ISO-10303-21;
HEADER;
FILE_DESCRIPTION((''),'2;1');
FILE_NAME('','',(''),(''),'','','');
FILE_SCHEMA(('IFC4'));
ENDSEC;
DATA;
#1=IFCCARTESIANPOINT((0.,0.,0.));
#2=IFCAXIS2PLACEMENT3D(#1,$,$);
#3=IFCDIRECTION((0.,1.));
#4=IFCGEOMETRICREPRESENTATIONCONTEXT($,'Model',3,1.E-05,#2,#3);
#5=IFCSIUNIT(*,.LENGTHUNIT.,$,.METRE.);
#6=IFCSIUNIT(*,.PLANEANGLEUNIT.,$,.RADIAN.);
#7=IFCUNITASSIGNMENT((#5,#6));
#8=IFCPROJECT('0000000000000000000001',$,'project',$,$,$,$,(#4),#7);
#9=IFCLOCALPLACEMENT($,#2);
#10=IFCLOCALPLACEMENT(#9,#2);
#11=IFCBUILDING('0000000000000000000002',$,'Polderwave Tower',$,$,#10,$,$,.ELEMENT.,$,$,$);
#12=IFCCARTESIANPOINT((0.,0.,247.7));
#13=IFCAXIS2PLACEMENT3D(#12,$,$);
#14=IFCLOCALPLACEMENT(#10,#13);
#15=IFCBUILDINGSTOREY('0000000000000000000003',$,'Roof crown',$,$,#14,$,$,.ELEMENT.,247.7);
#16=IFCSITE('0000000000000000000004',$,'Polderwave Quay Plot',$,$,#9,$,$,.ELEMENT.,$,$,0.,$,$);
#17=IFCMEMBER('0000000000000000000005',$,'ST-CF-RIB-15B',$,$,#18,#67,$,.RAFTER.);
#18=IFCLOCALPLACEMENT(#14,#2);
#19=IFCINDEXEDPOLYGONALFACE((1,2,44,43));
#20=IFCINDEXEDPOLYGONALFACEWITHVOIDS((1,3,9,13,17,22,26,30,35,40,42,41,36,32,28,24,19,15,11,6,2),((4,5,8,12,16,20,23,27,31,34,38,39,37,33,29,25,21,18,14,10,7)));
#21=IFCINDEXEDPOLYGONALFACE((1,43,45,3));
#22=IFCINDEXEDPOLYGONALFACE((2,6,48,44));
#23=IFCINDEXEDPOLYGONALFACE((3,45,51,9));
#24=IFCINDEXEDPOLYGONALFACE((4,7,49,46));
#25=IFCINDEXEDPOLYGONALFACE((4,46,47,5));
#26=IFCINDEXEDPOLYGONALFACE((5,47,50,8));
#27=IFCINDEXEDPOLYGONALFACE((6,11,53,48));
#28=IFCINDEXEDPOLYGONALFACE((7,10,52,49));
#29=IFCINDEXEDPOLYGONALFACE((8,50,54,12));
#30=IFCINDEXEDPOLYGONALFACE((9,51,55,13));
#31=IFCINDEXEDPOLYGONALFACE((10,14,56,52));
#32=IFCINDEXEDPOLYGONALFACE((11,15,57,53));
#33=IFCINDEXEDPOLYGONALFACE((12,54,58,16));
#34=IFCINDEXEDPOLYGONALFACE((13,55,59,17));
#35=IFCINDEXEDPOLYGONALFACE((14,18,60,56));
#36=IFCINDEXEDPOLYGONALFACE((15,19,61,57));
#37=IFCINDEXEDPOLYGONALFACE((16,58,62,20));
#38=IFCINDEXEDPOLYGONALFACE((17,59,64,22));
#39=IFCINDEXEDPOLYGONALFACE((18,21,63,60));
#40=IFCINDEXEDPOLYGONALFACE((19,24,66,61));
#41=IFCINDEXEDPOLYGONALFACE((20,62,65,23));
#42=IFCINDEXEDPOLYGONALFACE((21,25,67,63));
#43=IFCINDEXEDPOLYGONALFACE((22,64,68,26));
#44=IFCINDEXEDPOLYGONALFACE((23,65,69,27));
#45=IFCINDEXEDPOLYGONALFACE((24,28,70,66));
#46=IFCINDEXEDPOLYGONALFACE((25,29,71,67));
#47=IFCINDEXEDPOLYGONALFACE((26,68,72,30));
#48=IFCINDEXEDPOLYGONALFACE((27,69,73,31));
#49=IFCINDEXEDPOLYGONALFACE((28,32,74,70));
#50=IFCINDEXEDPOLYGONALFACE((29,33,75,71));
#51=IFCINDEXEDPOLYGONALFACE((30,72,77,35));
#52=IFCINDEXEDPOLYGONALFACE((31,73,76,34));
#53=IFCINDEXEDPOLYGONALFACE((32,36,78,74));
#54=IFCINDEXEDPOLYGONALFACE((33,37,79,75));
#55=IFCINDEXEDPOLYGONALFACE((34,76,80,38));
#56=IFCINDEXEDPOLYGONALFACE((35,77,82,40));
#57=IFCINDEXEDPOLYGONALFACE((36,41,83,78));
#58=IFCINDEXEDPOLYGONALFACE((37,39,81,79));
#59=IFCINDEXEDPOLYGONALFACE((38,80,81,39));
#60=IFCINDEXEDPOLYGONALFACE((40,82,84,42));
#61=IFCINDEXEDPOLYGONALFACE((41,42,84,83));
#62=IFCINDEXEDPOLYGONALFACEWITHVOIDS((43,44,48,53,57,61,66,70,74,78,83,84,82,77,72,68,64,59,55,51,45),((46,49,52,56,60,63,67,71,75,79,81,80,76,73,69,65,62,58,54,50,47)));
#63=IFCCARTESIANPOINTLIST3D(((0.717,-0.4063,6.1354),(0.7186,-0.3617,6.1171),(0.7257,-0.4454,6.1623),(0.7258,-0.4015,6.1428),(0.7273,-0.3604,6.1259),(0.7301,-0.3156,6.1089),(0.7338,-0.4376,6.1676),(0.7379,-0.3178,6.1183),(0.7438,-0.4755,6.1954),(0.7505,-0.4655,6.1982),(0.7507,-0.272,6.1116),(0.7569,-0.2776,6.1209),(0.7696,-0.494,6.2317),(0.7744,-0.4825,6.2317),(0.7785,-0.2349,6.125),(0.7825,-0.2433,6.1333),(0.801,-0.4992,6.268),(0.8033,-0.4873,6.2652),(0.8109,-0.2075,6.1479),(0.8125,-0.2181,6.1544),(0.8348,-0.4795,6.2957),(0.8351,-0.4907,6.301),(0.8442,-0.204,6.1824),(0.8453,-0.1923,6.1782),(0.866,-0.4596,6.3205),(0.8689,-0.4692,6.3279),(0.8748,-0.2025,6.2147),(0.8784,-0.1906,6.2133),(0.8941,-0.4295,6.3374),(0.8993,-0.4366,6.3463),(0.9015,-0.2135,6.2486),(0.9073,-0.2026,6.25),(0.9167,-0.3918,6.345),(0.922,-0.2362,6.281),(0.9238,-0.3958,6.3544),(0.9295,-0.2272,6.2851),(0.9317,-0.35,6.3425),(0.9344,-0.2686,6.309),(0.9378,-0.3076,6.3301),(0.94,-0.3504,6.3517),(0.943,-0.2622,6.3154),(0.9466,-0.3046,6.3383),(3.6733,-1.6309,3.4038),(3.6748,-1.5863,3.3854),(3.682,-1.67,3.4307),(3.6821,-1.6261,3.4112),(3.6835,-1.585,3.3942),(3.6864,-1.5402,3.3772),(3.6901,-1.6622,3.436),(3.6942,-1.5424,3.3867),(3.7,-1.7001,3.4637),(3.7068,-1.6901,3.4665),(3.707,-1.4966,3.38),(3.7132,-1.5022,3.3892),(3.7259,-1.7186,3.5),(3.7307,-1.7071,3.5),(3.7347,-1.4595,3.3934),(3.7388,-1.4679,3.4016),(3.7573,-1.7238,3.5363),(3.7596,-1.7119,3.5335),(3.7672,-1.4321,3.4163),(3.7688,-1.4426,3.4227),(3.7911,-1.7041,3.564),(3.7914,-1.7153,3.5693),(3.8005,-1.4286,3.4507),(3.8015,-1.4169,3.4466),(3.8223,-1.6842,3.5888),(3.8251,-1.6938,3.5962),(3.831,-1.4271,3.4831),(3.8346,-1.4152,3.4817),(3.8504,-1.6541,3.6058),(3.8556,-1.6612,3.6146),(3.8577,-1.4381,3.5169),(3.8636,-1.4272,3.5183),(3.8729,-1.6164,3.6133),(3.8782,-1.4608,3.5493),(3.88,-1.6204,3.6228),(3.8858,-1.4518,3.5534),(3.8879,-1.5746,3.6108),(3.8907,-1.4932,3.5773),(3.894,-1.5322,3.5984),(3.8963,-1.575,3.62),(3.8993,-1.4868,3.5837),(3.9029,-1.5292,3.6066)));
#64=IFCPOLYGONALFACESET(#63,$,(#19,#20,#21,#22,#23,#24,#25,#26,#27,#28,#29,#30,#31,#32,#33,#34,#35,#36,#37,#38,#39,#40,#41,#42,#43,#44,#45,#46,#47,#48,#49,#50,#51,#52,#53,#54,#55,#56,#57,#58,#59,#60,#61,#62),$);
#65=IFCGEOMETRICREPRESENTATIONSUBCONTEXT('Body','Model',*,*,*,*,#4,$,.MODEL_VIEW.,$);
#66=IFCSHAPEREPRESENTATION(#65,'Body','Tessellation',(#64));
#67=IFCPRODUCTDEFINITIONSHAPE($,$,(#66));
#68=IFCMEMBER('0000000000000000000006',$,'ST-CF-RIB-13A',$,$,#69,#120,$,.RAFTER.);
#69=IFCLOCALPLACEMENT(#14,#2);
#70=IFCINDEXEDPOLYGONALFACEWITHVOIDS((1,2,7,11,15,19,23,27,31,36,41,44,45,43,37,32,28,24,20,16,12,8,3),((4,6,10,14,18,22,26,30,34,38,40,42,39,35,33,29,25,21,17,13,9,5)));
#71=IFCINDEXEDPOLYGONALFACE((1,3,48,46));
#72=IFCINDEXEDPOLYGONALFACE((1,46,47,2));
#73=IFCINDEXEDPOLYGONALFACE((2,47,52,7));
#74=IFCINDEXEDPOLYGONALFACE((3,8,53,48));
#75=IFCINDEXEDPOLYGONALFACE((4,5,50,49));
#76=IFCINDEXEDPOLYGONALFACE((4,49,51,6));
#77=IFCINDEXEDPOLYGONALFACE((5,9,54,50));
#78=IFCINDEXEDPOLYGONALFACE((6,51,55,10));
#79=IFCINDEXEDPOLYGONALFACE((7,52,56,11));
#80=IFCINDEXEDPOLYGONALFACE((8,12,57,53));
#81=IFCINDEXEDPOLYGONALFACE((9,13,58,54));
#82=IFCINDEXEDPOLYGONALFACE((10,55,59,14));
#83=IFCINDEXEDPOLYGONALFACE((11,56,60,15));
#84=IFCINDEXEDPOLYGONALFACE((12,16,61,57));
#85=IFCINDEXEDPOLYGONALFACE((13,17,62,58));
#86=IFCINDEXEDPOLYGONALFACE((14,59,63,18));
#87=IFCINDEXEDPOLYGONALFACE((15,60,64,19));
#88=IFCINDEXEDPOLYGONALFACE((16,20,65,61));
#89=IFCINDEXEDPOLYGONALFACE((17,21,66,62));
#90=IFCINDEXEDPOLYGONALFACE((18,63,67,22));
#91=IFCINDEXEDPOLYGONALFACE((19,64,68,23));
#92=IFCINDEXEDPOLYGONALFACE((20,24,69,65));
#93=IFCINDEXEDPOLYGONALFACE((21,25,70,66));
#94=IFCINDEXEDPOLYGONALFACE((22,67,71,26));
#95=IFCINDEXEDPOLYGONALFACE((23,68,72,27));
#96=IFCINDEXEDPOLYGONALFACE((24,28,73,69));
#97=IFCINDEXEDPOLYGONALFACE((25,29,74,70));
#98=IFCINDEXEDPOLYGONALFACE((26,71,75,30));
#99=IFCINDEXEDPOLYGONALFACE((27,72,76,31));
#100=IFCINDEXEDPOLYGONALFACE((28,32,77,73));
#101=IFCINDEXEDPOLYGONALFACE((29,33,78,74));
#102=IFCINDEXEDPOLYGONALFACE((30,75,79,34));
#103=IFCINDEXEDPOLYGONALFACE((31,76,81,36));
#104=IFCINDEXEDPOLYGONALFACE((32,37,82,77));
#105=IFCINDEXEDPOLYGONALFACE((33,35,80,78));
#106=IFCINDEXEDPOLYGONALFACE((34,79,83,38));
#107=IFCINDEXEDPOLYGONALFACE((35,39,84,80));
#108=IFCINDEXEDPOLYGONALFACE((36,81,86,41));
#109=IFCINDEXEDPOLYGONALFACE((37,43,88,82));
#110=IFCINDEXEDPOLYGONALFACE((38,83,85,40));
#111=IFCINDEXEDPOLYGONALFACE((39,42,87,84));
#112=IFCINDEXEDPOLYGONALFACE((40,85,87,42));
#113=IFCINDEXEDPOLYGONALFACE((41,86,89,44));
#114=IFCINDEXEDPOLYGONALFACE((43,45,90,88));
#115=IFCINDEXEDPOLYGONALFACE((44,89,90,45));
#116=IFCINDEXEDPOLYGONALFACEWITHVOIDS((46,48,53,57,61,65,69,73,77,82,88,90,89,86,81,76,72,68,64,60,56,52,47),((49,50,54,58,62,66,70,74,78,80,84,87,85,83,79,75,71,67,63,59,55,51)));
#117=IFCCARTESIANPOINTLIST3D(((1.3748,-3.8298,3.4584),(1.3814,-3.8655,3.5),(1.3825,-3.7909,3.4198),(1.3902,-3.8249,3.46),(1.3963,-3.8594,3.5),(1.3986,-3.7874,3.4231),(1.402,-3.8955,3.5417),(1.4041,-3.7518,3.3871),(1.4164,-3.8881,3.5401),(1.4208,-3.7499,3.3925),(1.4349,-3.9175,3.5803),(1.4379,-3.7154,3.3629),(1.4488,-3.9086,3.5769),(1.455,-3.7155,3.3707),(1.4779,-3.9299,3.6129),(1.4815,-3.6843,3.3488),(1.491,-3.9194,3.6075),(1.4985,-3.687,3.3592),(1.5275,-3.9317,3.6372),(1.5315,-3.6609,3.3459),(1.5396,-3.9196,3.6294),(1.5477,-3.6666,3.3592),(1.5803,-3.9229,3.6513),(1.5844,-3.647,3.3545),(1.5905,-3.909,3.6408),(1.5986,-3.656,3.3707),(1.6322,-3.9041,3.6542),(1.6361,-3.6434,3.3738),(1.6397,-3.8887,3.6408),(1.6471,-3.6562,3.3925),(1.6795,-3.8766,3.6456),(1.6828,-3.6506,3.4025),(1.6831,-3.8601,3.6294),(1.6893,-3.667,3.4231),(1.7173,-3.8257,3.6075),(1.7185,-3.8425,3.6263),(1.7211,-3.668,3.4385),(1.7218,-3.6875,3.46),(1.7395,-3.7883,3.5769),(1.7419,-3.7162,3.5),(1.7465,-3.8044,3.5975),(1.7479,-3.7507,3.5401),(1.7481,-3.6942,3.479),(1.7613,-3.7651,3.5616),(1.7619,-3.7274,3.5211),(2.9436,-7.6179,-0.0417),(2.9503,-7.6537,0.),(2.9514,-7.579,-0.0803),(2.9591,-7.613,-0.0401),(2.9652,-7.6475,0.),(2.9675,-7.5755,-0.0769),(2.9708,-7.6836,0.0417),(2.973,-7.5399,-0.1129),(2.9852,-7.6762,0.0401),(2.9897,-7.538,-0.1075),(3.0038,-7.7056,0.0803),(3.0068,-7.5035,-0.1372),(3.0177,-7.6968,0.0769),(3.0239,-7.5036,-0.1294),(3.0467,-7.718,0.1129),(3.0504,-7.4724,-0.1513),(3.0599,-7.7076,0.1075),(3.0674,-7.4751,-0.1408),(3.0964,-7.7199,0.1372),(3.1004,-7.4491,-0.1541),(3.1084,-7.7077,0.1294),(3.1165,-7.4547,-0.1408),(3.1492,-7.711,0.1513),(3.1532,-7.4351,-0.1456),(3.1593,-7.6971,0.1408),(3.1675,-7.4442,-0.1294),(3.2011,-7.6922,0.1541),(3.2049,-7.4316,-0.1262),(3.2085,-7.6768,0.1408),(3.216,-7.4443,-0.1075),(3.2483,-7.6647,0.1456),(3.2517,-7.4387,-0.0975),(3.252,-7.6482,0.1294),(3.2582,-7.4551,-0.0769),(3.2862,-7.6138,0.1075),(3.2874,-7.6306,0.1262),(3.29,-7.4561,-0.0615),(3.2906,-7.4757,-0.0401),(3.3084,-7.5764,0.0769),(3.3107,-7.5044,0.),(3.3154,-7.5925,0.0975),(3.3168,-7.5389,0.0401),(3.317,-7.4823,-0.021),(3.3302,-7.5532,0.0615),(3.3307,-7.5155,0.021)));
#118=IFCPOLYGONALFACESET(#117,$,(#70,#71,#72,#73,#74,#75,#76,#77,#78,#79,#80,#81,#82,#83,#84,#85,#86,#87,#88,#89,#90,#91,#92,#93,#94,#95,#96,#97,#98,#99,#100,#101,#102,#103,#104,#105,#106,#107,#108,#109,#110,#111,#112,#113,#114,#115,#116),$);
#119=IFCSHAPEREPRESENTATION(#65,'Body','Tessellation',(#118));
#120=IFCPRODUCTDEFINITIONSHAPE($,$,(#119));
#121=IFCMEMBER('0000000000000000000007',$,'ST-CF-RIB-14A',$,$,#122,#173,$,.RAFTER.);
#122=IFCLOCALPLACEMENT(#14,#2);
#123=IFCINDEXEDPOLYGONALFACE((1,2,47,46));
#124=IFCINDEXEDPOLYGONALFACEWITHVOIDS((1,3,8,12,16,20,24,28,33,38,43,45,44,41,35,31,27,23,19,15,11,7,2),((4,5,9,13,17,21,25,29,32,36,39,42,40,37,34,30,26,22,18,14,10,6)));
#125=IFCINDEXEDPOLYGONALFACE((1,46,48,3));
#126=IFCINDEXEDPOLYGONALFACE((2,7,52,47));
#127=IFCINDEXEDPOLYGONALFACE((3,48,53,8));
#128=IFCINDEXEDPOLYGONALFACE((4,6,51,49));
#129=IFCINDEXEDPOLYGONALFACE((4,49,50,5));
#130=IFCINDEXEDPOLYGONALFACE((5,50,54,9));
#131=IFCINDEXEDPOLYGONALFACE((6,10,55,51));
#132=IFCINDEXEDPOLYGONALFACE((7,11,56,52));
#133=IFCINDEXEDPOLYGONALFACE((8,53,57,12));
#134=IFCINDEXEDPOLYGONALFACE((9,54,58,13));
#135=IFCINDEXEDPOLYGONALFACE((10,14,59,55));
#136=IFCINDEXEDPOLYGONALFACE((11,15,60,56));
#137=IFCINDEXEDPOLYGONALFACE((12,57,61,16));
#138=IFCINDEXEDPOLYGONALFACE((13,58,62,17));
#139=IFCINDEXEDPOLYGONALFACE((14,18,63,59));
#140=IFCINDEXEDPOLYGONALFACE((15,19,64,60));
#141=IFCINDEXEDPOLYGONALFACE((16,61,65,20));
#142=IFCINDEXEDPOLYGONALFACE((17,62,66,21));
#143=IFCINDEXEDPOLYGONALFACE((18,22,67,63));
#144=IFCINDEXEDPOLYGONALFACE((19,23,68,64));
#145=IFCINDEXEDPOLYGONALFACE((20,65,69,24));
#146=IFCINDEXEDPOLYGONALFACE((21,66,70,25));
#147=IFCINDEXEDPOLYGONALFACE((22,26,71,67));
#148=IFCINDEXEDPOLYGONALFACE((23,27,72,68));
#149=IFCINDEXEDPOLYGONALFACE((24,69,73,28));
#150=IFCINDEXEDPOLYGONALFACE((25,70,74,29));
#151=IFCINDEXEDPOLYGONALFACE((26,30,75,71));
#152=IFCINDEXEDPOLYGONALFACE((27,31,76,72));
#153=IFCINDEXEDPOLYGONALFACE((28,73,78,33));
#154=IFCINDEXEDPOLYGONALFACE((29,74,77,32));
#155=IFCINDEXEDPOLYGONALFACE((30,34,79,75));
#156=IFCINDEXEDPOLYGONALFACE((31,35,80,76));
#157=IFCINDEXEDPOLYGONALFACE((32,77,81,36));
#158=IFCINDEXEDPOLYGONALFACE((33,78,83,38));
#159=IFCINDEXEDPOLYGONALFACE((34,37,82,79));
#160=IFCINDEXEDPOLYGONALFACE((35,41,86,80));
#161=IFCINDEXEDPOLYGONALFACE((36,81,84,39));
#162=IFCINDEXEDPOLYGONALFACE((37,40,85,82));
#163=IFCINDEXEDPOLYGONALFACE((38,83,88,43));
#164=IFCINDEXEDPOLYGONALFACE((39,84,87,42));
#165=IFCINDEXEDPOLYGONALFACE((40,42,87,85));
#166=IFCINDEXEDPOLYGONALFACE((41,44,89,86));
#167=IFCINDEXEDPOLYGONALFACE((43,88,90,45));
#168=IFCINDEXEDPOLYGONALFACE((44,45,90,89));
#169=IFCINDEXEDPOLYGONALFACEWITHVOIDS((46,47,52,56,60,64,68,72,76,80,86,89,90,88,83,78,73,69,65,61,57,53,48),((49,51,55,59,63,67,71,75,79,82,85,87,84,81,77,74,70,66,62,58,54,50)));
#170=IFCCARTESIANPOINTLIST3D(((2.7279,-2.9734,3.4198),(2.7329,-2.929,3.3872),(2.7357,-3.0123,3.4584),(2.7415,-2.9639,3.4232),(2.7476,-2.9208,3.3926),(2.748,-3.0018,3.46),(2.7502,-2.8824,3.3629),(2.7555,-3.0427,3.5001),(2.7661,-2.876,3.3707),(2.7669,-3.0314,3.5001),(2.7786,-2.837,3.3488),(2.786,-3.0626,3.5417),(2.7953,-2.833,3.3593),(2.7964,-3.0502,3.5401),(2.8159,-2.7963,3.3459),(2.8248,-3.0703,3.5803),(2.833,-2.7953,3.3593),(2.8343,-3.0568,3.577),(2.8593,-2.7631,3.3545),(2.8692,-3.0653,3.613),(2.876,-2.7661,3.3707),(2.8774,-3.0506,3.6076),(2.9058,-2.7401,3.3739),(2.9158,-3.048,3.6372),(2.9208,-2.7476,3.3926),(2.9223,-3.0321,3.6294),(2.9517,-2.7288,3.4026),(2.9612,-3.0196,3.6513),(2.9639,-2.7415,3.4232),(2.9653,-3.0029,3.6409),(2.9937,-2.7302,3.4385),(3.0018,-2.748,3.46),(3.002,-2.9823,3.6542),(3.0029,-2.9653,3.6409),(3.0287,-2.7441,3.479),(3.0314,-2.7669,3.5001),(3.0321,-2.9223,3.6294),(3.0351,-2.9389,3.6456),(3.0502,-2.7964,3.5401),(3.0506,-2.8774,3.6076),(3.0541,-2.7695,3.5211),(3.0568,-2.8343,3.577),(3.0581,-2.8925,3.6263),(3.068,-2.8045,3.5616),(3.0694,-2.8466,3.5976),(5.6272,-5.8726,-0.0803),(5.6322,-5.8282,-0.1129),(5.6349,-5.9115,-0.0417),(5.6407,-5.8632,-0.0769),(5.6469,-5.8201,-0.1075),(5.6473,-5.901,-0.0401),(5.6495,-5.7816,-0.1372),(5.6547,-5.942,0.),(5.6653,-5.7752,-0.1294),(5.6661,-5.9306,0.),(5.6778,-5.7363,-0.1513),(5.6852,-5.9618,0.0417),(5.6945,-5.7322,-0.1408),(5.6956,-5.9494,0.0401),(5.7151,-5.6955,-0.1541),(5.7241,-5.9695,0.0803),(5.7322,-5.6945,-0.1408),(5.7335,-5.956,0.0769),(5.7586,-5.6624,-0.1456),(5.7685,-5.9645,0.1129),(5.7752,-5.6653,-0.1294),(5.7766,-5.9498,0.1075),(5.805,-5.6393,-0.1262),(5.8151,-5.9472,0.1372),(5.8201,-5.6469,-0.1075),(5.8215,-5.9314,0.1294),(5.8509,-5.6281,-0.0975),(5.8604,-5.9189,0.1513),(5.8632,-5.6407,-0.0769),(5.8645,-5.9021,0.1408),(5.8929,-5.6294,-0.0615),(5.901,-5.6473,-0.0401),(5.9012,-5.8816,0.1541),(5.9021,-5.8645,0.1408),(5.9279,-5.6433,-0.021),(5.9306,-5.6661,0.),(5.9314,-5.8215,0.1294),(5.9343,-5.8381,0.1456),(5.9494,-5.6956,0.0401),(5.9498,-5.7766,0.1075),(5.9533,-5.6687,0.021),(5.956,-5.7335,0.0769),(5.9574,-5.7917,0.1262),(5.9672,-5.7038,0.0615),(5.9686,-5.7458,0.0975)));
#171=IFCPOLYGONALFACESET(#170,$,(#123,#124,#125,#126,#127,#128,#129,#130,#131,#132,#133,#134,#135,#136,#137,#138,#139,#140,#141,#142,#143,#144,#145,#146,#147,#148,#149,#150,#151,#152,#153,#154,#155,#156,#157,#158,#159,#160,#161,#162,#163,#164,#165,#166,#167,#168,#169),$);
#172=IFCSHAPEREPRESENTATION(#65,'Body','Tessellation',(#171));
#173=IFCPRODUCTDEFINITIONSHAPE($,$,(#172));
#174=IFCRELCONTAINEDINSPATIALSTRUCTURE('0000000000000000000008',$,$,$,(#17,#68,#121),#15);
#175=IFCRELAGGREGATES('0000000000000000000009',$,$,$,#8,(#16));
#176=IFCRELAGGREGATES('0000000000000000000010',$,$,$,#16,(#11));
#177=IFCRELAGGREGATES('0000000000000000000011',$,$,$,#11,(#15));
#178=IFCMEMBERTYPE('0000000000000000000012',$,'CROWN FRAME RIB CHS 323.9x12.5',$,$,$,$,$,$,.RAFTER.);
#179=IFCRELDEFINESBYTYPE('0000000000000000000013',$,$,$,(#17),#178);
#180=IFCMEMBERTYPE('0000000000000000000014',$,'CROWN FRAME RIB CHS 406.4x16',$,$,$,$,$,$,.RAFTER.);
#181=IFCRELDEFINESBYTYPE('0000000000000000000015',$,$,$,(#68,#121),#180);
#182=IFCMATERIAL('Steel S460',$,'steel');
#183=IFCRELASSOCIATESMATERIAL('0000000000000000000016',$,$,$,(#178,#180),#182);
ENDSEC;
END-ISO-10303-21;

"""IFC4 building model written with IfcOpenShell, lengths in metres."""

from ifc_helpers import new_model, si_unit, direction, frame, origin, origin_2d, place, context, subcontext, project, spatial, hollow_circle, extrude, material, material_profile, profile_set, type_object, element, save


model = new_model("IFC4")

# Units and contexts
model_context = context("Model", 3, precision=1e-05, world=origin(), true_north=direction((0.0, 1.0)))
body_context = subcontext(model_context, "Body", "Model", "MODEL_VIEW")
ifc_project = project(units=[si_unit("LENGTHUNIT", "METRE"), si_unit("PLANEANGLEUNIT", "RADIAN")], contexts=[model_context])

# Site, building, storey
site_placement = place(None, origin())
site = spatial("IfcSite", under=ifc_project, at=site_placement, Name="Polderwave Quay Plot", CompositionType="ELEMENT", RefElevation=0.0)
building_placement = place(site_placement, origin())
building = spatial("IfcBuilding", under=site, at=building_placement, Name="Polderwave Tower", CompositionType="ELEMENT")
storey_placement = place(building_placement, frame((0.0, 0.0, 247.7)))
storey = spatial("IfcBuildingStorey", under=building, at=storey_placement, Name="Roof crown", CompositionType="ELEMENT", Elevation=247.7)

# Members
ifc_material_1 = material(Name="Steel S460", Category="steel")
ifc_material_profile_1 = material_profile(ifc_material_1, hollow_circle(Radius=0.1619, WallThickness=0.0125, at=origin_2d()), Name="CHS 323.9x12.5")
ifc_profile_set_1 = profile_set([ifc_material_profile_1], Name="Steel S460")
member_type_1 = type_object("IfcMemberType", Name="CROWN FRAME RIB CHS 323.9x12.5", PredefinedType="RAFTER", material=ifc_profile_set_1)
for number, where, z_axis, x_axis, name in (
    (1, (3.7878, -1.5691, 3.5), (-0.702657, 0.291067, 0.649271), (-0.382702, -0.923872, 0.0), "ST-CF-RIB-15B"),
):
    element("IfcMember", number, at=place(storey_placement, frame(where, z_axis=z_axis, x_axis=x_axis)), inside=storey, type_object=member_type_1, Name=name, PredefinedType="RAFTER", context=body_context, shape_type="SweptSolid", body=[
        extrude(hollow_circle(Radius=0.1619, WallThickness=0.0125, at=origin_2d()), origin(), (0.0, 0.0, 1.0), 4.2073),
    ])
ifc_material_profile_2 = material_profile(ifc_material_1, hollow_circle(Radius=0.2031, WallThickness=0.0161, at=origin_2d()), Name="CHS 406.4x16")
ifc_profile_set_2 = profile_set([ifc_material_profile_2], Name="Steel S460")
member_type_2 = type_object("IfcMemberType", Name="CROWN FRAME RIB CHS 406.4x16", PredefinedType="RAFTER", material=ifc_profile_set_2)
for number, where, z_axis, x_axis, name in (
    (2, (3.1379, -7.5759, 0.0), (-0.291022, 0.702693, 0.649253), (-0.923899, -0.382636, 0.0), "ST-CF-RIB-13A"),
    (3, (5.7983, -5.7983, 0.0), (-0.537803, 0.537803, 0.649258), (-0.707107, -0.707107, 0.0), "ST-CF-RIB-14A"),
):
    element("IfcMember", number, at=place(storey_placement, frame(where, z_axis=z_axis, x_axis=x_axis)), inside=storey, type_object=member_type_2, Name=name, PredefinedType="RAFTER", context=body_context, shape_type="SweptSolid", body=[
        extrude(hollow_circle(Radius=0.2031, WallThickness=0.0161, at=origin_2d()), origin(), (0.0, 0.0, 1.0), 5.3909),
    ])

save(model, "model.ifc")
